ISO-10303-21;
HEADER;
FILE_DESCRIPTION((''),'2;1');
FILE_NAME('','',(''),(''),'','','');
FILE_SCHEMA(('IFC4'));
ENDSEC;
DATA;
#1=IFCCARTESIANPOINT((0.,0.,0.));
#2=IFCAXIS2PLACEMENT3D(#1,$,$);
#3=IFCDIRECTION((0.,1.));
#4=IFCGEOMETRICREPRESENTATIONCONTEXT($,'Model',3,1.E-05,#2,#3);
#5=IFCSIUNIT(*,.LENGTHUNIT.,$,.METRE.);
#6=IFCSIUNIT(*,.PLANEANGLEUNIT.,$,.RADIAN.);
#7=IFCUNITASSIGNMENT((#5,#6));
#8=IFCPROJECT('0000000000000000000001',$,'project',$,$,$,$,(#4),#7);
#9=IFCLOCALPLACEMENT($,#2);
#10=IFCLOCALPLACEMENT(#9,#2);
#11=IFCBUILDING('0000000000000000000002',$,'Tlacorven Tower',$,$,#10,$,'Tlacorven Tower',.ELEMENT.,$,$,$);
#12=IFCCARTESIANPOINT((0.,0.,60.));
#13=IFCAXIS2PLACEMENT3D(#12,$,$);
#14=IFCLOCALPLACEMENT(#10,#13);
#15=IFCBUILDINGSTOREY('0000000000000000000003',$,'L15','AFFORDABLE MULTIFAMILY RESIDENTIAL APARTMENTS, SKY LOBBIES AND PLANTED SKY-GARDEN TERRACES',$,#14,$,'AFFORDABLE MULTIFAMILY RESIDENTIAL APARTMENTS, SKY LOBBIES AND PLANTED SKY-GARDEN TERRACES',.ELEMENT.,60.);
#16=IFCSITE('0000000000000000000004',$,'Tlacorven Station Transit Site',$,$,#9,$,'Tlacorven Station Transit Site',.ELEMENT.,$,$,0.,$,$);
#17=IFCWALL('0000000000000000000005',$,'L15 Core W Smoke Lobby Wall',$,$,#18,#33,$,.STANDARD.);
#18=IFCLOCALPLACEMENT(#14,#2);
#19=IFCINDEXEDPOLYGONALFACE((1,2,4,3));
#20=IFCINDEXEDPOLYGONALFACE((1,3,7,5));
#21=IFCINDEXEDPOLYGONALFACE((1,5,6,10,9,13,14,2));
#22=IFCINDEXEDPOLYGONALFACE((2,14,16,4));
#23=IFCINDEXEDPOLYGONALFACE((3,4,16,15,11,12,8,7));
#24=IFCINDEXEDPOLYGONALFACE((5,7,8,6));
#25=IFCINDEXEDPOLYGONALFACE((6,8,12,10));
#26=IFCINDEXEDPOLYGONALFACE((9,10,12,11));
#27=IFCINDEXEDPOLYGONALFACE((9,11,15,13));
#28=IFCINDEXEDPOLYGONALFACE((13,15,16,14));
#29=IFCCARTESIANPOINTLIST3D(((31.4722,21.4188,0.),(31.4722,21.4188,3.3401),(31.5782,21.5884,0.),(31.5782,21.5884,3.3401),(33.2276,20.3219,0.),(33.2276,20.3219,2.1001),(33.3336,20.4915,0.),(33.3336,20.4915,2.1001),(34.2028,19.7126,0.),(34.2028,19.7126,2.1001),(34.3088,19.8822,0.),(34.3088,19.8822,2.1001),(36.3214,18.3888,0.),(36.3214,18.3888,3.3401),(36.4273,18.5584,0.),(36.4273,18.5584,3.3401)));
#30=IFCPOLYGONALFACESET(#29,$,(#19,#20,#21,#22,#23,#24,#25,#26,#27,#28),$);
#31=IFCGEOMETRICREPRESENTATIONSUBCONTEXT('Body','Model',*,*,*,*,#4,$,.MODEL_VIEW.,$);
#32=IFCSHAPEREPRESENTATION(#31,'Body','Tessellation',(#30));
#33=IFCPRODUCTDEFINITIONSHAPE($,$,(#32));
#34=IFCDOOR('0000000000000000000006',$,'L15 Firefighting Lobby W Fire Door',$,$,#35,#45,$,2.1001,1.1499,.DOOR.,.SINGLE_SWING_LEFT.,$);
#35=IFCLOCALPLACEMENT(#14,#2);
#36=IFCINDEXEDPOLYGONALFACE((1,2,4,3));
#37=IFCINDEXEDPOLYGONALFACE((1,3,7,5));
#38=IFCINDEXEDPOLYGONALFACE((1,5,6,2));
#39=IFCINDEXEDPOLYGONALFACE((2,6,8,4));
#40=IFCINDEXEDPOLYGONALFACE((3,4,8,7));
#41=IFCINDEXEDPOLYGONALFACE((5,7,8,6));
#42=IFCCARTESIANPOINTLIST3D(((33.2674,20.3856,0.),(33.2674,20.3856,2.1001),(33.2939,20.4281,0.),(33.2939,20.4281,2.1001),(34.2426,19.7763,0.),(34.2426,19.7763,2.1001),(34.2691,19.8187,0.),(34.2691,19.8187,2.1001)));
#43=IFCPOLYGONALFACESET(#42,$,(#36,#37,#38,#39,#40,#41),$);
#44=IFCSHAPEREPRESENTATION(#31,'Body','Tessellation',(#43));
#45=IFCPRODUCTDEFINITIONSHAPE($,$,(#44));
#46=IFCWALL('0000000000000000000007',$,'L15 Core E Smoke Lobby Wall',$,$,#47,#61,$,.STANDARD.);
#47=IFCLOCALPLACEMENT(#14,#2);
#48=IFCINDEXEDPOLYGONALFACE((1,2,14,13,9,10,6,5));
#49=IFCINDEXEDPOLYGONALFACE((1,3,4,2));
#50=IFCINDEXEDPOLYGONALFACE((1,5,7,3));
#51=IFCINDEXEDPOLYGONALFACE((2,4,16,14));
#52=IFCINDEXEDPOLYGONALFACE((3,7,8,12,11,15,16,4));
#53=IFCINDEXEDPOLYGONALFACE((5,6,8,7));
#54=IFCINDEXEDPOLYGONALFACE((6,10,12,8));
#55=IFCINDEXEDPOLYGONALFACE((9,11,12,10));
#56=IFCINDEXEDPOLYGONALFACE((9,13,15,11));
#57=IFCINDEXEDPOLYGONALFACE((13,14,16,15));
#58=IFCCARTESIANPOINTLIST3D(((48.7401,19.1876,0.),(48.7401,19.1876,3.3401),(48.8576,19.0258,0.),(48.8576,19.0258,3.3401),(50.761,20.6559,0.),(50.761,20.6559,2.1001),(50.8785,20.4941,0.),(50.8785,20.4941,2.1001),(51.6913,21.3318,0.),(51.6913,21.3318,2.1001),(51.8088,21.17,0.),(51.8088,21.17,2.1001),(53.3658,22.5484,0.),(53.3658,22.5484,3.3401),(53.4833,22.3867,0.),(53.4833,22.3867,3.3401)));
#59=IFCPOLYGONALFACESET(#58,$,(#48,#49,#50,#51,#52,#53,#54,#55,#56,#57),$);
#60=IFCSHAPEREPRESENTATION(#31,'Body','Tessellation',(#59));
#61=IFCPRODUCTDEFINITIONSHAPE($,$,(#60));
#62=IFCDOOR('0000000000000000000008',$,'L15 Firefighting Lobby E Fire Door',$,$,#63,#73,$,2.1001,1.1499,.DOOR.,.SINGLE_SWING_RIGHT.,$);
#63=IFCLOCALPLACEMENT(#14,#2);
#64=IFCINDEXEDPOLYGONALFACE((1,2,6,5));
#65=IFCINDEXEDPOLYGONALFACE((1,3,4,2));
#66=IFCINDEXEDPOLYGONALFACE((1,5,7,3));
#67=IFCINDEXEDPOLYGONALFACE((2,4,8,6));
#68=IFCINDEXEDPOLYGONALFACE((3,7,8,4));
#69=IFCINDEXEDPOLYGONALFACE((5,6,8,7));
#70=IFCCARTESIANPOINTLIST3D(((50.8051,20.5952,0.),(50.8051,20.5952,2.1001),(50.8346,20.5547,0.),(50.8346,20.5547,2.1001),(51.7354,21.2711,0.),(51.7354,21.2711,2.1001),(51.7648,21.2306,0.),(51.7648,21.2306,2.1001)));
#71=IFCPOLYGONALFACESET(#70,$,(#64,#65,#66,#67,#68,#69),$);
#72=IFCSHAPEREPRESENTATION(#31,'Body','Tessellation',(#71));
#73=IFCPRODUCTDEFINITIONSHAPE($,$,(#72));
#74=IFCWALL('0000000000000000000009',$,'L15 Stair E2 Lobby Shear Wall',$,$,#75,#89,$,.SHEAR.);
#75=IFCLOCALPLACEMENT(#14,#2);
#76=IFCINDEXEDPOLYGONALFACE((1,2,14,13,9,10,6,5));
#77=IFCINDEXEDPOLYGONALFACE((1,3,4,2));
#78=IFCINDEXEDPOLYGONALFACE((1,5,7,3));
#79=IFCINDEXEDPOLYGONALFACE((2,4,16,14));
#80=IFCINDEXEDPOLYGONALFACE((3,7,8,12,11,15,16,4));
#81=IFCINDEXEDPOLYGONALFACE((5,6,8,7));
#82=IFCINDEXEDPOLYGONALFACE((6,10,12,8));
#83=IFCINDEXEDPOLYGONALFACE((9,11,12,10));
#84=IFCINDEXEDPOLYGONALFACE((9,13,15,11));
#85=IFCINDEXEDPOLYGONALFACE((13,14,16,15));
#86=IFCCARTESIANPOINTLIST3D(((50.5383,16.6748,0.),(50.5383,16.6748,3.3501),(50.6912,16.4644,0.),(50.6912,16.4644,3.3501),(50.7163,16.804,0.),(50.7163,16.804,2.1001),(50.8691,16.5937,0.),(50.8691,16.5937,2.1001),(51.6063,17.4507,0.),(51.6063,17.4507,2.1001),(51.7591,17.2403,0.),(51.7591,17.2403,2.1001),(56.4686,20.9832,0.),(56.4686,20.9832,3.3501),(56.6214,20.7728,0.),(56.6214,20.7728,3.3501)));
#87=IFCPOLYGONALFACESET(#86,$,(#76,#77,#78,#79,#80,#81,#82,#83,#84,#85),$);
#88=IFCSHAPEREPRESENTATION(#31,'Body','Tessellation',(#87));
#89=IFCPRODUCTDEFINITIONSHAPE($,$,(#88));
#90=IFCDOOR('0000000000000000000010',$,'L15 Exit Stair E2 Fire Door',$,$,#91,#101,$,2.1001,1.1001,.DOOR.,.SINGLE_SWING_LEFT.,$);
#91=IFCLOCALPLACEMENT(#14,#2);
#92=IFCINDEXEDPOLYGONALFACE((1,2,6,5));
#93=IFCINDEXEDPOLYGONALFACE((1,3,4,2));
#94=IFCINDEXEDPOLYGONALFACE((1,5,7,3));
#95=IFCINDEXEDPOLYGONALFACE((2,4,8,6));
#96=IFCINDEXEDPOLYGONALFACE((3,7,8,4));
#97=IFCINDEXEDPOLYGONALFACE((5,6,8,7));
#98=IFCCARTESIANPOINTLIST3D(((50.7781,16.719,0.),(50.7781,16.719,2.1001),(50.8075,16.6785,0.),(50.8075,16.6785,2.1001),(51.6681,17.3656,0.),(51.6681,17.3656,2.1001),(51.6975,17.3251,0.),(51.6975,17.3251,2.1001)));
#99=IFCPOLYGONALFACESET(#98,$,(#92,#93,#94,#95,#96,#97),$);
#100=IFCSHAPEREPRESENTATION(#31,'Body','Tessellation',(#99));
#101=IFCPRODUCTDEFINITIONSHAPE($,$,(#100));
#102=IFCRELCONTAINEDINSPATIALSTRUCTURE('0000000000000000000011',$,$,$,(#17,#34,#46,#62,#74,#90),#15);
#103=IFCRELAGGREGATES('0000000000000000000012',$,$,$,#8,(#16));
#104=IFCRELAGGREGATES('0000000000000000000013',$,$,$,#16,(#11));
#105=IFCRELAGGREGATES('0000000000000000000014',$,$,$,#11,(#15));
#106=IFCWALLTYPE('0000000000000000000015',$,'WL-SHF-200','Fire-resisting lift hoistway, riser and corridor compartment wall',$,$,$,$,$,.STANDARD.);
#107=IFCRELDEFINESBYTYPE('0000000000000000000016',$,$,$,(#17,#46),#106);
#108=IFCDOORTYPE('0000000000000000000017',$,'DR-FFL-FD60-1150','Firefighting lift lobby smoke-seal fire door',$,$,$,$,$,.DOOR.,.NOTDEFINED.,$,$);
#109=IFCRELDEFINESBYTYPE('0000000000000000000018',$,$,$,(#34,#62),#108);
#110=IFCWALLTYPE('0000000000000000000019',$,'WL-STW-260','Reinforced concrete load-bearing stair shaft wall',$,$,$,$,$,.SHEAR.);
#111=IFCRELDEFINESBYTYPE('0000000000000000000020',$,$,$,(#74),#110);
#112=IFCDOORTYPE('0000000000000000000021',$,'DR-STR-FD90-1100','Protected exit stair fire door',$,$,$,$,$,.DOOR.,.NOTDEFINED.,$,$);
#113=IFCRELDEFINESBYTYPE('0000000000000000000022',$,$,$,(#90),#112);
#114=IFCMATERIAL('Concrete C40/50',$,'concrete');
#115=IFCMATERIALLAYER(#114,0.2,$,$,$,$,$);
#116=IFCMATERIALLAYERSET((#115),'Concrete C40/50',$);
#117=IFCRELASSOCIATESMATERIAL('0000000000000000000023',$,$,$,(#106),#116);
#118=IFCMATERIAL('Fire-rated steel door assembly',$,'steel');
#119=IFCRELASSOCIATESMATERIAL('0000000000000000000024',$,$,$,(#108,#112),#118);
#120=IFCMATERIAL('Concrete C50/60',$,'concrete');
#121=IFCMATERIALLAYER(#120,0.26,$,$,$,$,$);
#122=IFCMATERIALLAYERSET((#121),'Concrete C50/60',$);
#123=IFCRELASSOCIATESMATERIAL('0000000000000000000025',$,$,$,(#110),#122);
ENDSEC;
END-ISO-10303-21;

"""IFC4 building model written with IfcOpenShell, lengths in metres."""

from ifc_helpers import new_model, si_unit, direction, frame, frame_2d, origin, place, context, subcontext, project, spatial, rectangle, extrude, source, transform, mapped, material, layer, layer_set, type_object, element, fill, save


model = new_model("IFC4")

# Units and contexts
model_context = context("Model", 3, precision=1e-05, world=origin(), true_north=direction((0.0, 1.0)))
body_context = subcontext(model_context, "Body", "Model", "MODEL_VIEW")
ifc_project = project(units=[si_unit("LENGTHUNIT", "METRE"), si_unit("PLANEANGLEUNIT", "RADIAN")], contexts=[model_context])

# Site, building, storey
site_placement = place(None, origin())
site = spatial("IfcSite", under=ifc_project, at=site_placement, Name="Tlacorven Station Transit Site", LongName="Tlacorven Station Transit Site", CompositionType="ELEMENT", RefElevation=0.0)
building_placement = place(site_placement, origin())
building = spatial("IfcBuilding", under=site, at=building_placement, Name="Tlacorven Tower", LongName="Tlacorven Tower", CompositionType="ELEMENT")
storey_placement = place(building_placement, frame((0.0, 0.0, 60.0)))
storey = spatial("IfcBuildingStorey", under=building, at=storey_placement, Name="L15", Description="AFFORDABLE MULTIFAMILY RESIDENTIAL APARTMENTS, SKY LOBBIES AND PLANTED SKY-GARDEN TERRACES", LongName="AFFORDABLE MULTIFAMILY RESIDENTIAL APARTMENTS, SKY LOBBIES AND PLANTED SKY-GARDEN TERRACES", CompositionType="ELEMENT", Elevation=60.0)

# Shared definitions
ifc_material_1 = material(Name="Fire-rated steel door assembly", Category="steel")

# Shared definitions
ifc_material_2 = material(Name="Concrete C40/50", Category="concrete")
ifc_layer_1 = layer(ifc_material_2, 0.2)
ifc_layer_set_1 = layer_set([ifc_layer_1], Name="Concrete C40/50")
wall_type_1 = type_object("IfcWallType", Name="WL-SHF-200", Description="Fire-resisting lift hoistway, riser and corridor compartment wall", PredefinedType="STANDARD", material=ifc_layer_set_1)

# Walls, openings, doors
wall_1_placement = place(storey_placement, frame((36.3743, 18.4736, 0.0), z_axis=(0.0, 0.0, 1.0), x_axis=(-0.848051, 0.529915, 0.0)))
wall_1 = element("IfcWall", 1, at=wall_1_placement, inside=storey, type_object=wall_type_1, Name="L15 Core W Smoke Lobby Wall", PredefinedType="STANDARD", context=body_context, shape_type="SweptSolid", body=[
    extrude(rectangle(XDim=5.718, YDim=0.2, at=frame_2d((2.8589, 0.0))), origin(), (0.0, 0.0, 1.0), 3.3401),
])
opening_1_placement = place(wall_1_placement, frame((2.498, 0.0, 0.0)))
opening_1 = element("IfcOpeningElement", 2, at=opening_1_placement, cuts=wall_1, PredefinedType="OPENING", context=body_context, shape_type="SweptSolid", body=[
    extrude(rectangle(XDim=1.1499, YDim=2.1001, at=frame_2d((0.575, 1.05))), frame((0.0, 0.1099, 0.0), z_axis=(0.0, -1.0, 0.0), x_axis=(1.0, 0.0, 0.0)), (0.0, 0.0, 1.0), 0.22),
])
door_type_1 = type_object("IfcDoorType", Name="DR-FFL-FD60-1150", Description="Firefighting lift lobby smoke-seal fire door", OperationType="NOTDEFINED", PredefinedType="DOOR", material=ifc_material_1)
shared_shape_1 = source(origin(), body_context, "Body", "SweptSolid", [
    extrude(rectangle(XDim=1.1499, YDim=2.1001, at=frame_2d((0.575, 1.05))), frame((0.0, 0.0249, 0.0), z_axis=(0.0, -1.0, 0.0), x_axis=(1.0, 0.0, 0.0)), (0.0, 0.0, 1.0), 0.05),
])
door_1_placement = place(opening_1_placement, origin())
door_1 = element("IfcDoor", 3, at=door_1_placement, inside=storey, type_object=door_type_1, Name="L15 Firefighting Lobby W Fire Door", OperationType="SINGLE_SWING_LEFT", OverallHeight=2.1001, OverallWidth=1.1499, PredefinedType="DOOR", context=body_context, shape_type="MappedRepresentation", body=[
    mapped(shared_shape_1, transform((0.0, 0.0, 0.0), scale=1.0)),
])
fill(opening_1, door_1)
wall_2_placement = place(storey_placement, frame((48.7988, 19.1067, 0.0), z_axis=(0.0, 0.0, 1.0), x_axis=(0.809013, 0.587791, 0.0)))
wall_2 = element("IfcWall", 4, at=wall_2_placement, inside=storey, type_object=wall_type_1, Name="L15 Core E Smoke Lobby Wall", PredefinedType="STANDARD", context=body_context, shape_type="SweptSolid", body=[
    extrude(rectangle(XDim=5.7178, YDim=0.2, at=frame_2d((2.8589, 0.0))), origin(), (0.0, 0.0, 1.0), 3.3401),
])
opening_2_placement = place(wall_2_placement, frame((2.498, 0.0, 0.0)))
opening_2 = element("IfcOpeningElement", 5, at=opening_2_placement, cuts=wall_2, PredefinedType="OPENING", context=body_context, shape_type="SweptSolid", body=[
    extrude(rectangle(XDim=1.1499, YDim=2.1001, at=frame_2d((0.575, 1.05))), frame((0.0, 0.1099, 0.0), z_axis=(0.0, -1.0, 0.0), x_axis=(1.0, 0.0, 0.0)), (0.0, 0.0, 1.0), 0.22),
])
door_2_placement = place(opening_2_placement, origin())
door_2 = element("IfcDoor", 6, at=door_2_placement, inside=storey, type_object=door_type_1, Name="L15 Firefighting Lobby E Fire Door", OperationType="SINGLE_SWING_RIGHT", OverallHeight=2.1001, OverallWidth=1.1499, PredefinedType="DOOR", context=body_context, shape_type="MappedRepresentation", body=[
    mapped(shared_shape_1, transform((0.0, 0.0, 0.0), scale=1.0)),
])
fill(opening_2, door_2)
ifc_material_3 = material(Name="Concrete C50/60", Category="concrete")
ifc_layer_2 = layer(ifc_material_3, 0.26)
ifc_layer_set_2 = layer_set([ifc_layer_2], Name="Concrete C50/60")
wall_type_2 = type_object("IfcWallType", Name="WL-STW-260", Description="Reinforced concrete load-bearing stair shaft wall", PredefinedType="SHEAR", material=ifc_layer_set_2)
wall_3_placement = place(storey_placement, frame((50.6147, 16.5696, 0.0), z_axis=(0.0, 0.0, 1.0), x_axis=(0.809028, 0.58777, 0.0)))
wall_3 = element("IfcWall", 7, at=wall_3_placement, inside=storey, type_object=wall_type_2, Name="L15 Stair E2 Lobby Shear Wall", PredefinedType="SHEAR", context=body_context, shape_type="SweptSolid", body=[
    extrude(rectangle(XDim=7.3301, YDim=0.26, at=frame_2d((3.665, 0.0))), origin(), (0.0, 0.0, 1.0), 3.3501),
])
opening_3_placement = place(wall_3_placement, frame((0.22, 0.0, 0.0)))
opening_3 = element("IfcOpeningElement", 8, at=opening_3_placement, cuts=wall_3, PredefinedType="OPENING", context=body_context, shape_type="SweptSolid", body=[
    extrude(rectangle(XDim=1.1001, YDim=2.1001, at=frame_2d((0.55, 1.05))), frame((0.0, 0.1401, 0.0), z_axis=(0.0, -1.0, 0.0), x_axis=(1.0, 0.0, 0.0)), (0.0, 0.0, 1.0), 0.28),
])
door_type_2 = type_object("IfcDoorType", Name="DR-STR-FD90-1100", Description="Protected exit stair fire door", OperationType="NOTDEFINED", PredefinedType="DOOR", material=ifc_material_1)
shared_shape_2 = source(origin(), body_context, "Body", "SweptSolid", [
    extrude(rectangle(XDim=1.1001, YDim=2.1001, at=frame_2d((0.55, 1.05))), frame((0.0, 0.0249, 0.0), z_axis=(0.0, -1.0, 0.0), x_axis=(1.0, 0.0, 0.0)), (0.0, 0.0, 1.0), 0.05),
])
door_3_placement = place(opening_3_placement, origin())
door_3 = element("IfcDoor", 9, at=door_3_placement, inside=storey, type_object=door_type_2, Name="L15 Exit Stair E2 Fire Door", OperationType="SINGLE_SWING_LEFT", OverallHeight=2.1001, OverallWidth=1.1001, PredefinedType="DOOR", context=body_context, shape_type="MappedRepresentation", body=[
    mapped(shared_shape_2, transform((0.0, 0.0, 0.0), scale=1.0)),
])
fill(opening_3, door_3)

save(model, "model.ifc")
